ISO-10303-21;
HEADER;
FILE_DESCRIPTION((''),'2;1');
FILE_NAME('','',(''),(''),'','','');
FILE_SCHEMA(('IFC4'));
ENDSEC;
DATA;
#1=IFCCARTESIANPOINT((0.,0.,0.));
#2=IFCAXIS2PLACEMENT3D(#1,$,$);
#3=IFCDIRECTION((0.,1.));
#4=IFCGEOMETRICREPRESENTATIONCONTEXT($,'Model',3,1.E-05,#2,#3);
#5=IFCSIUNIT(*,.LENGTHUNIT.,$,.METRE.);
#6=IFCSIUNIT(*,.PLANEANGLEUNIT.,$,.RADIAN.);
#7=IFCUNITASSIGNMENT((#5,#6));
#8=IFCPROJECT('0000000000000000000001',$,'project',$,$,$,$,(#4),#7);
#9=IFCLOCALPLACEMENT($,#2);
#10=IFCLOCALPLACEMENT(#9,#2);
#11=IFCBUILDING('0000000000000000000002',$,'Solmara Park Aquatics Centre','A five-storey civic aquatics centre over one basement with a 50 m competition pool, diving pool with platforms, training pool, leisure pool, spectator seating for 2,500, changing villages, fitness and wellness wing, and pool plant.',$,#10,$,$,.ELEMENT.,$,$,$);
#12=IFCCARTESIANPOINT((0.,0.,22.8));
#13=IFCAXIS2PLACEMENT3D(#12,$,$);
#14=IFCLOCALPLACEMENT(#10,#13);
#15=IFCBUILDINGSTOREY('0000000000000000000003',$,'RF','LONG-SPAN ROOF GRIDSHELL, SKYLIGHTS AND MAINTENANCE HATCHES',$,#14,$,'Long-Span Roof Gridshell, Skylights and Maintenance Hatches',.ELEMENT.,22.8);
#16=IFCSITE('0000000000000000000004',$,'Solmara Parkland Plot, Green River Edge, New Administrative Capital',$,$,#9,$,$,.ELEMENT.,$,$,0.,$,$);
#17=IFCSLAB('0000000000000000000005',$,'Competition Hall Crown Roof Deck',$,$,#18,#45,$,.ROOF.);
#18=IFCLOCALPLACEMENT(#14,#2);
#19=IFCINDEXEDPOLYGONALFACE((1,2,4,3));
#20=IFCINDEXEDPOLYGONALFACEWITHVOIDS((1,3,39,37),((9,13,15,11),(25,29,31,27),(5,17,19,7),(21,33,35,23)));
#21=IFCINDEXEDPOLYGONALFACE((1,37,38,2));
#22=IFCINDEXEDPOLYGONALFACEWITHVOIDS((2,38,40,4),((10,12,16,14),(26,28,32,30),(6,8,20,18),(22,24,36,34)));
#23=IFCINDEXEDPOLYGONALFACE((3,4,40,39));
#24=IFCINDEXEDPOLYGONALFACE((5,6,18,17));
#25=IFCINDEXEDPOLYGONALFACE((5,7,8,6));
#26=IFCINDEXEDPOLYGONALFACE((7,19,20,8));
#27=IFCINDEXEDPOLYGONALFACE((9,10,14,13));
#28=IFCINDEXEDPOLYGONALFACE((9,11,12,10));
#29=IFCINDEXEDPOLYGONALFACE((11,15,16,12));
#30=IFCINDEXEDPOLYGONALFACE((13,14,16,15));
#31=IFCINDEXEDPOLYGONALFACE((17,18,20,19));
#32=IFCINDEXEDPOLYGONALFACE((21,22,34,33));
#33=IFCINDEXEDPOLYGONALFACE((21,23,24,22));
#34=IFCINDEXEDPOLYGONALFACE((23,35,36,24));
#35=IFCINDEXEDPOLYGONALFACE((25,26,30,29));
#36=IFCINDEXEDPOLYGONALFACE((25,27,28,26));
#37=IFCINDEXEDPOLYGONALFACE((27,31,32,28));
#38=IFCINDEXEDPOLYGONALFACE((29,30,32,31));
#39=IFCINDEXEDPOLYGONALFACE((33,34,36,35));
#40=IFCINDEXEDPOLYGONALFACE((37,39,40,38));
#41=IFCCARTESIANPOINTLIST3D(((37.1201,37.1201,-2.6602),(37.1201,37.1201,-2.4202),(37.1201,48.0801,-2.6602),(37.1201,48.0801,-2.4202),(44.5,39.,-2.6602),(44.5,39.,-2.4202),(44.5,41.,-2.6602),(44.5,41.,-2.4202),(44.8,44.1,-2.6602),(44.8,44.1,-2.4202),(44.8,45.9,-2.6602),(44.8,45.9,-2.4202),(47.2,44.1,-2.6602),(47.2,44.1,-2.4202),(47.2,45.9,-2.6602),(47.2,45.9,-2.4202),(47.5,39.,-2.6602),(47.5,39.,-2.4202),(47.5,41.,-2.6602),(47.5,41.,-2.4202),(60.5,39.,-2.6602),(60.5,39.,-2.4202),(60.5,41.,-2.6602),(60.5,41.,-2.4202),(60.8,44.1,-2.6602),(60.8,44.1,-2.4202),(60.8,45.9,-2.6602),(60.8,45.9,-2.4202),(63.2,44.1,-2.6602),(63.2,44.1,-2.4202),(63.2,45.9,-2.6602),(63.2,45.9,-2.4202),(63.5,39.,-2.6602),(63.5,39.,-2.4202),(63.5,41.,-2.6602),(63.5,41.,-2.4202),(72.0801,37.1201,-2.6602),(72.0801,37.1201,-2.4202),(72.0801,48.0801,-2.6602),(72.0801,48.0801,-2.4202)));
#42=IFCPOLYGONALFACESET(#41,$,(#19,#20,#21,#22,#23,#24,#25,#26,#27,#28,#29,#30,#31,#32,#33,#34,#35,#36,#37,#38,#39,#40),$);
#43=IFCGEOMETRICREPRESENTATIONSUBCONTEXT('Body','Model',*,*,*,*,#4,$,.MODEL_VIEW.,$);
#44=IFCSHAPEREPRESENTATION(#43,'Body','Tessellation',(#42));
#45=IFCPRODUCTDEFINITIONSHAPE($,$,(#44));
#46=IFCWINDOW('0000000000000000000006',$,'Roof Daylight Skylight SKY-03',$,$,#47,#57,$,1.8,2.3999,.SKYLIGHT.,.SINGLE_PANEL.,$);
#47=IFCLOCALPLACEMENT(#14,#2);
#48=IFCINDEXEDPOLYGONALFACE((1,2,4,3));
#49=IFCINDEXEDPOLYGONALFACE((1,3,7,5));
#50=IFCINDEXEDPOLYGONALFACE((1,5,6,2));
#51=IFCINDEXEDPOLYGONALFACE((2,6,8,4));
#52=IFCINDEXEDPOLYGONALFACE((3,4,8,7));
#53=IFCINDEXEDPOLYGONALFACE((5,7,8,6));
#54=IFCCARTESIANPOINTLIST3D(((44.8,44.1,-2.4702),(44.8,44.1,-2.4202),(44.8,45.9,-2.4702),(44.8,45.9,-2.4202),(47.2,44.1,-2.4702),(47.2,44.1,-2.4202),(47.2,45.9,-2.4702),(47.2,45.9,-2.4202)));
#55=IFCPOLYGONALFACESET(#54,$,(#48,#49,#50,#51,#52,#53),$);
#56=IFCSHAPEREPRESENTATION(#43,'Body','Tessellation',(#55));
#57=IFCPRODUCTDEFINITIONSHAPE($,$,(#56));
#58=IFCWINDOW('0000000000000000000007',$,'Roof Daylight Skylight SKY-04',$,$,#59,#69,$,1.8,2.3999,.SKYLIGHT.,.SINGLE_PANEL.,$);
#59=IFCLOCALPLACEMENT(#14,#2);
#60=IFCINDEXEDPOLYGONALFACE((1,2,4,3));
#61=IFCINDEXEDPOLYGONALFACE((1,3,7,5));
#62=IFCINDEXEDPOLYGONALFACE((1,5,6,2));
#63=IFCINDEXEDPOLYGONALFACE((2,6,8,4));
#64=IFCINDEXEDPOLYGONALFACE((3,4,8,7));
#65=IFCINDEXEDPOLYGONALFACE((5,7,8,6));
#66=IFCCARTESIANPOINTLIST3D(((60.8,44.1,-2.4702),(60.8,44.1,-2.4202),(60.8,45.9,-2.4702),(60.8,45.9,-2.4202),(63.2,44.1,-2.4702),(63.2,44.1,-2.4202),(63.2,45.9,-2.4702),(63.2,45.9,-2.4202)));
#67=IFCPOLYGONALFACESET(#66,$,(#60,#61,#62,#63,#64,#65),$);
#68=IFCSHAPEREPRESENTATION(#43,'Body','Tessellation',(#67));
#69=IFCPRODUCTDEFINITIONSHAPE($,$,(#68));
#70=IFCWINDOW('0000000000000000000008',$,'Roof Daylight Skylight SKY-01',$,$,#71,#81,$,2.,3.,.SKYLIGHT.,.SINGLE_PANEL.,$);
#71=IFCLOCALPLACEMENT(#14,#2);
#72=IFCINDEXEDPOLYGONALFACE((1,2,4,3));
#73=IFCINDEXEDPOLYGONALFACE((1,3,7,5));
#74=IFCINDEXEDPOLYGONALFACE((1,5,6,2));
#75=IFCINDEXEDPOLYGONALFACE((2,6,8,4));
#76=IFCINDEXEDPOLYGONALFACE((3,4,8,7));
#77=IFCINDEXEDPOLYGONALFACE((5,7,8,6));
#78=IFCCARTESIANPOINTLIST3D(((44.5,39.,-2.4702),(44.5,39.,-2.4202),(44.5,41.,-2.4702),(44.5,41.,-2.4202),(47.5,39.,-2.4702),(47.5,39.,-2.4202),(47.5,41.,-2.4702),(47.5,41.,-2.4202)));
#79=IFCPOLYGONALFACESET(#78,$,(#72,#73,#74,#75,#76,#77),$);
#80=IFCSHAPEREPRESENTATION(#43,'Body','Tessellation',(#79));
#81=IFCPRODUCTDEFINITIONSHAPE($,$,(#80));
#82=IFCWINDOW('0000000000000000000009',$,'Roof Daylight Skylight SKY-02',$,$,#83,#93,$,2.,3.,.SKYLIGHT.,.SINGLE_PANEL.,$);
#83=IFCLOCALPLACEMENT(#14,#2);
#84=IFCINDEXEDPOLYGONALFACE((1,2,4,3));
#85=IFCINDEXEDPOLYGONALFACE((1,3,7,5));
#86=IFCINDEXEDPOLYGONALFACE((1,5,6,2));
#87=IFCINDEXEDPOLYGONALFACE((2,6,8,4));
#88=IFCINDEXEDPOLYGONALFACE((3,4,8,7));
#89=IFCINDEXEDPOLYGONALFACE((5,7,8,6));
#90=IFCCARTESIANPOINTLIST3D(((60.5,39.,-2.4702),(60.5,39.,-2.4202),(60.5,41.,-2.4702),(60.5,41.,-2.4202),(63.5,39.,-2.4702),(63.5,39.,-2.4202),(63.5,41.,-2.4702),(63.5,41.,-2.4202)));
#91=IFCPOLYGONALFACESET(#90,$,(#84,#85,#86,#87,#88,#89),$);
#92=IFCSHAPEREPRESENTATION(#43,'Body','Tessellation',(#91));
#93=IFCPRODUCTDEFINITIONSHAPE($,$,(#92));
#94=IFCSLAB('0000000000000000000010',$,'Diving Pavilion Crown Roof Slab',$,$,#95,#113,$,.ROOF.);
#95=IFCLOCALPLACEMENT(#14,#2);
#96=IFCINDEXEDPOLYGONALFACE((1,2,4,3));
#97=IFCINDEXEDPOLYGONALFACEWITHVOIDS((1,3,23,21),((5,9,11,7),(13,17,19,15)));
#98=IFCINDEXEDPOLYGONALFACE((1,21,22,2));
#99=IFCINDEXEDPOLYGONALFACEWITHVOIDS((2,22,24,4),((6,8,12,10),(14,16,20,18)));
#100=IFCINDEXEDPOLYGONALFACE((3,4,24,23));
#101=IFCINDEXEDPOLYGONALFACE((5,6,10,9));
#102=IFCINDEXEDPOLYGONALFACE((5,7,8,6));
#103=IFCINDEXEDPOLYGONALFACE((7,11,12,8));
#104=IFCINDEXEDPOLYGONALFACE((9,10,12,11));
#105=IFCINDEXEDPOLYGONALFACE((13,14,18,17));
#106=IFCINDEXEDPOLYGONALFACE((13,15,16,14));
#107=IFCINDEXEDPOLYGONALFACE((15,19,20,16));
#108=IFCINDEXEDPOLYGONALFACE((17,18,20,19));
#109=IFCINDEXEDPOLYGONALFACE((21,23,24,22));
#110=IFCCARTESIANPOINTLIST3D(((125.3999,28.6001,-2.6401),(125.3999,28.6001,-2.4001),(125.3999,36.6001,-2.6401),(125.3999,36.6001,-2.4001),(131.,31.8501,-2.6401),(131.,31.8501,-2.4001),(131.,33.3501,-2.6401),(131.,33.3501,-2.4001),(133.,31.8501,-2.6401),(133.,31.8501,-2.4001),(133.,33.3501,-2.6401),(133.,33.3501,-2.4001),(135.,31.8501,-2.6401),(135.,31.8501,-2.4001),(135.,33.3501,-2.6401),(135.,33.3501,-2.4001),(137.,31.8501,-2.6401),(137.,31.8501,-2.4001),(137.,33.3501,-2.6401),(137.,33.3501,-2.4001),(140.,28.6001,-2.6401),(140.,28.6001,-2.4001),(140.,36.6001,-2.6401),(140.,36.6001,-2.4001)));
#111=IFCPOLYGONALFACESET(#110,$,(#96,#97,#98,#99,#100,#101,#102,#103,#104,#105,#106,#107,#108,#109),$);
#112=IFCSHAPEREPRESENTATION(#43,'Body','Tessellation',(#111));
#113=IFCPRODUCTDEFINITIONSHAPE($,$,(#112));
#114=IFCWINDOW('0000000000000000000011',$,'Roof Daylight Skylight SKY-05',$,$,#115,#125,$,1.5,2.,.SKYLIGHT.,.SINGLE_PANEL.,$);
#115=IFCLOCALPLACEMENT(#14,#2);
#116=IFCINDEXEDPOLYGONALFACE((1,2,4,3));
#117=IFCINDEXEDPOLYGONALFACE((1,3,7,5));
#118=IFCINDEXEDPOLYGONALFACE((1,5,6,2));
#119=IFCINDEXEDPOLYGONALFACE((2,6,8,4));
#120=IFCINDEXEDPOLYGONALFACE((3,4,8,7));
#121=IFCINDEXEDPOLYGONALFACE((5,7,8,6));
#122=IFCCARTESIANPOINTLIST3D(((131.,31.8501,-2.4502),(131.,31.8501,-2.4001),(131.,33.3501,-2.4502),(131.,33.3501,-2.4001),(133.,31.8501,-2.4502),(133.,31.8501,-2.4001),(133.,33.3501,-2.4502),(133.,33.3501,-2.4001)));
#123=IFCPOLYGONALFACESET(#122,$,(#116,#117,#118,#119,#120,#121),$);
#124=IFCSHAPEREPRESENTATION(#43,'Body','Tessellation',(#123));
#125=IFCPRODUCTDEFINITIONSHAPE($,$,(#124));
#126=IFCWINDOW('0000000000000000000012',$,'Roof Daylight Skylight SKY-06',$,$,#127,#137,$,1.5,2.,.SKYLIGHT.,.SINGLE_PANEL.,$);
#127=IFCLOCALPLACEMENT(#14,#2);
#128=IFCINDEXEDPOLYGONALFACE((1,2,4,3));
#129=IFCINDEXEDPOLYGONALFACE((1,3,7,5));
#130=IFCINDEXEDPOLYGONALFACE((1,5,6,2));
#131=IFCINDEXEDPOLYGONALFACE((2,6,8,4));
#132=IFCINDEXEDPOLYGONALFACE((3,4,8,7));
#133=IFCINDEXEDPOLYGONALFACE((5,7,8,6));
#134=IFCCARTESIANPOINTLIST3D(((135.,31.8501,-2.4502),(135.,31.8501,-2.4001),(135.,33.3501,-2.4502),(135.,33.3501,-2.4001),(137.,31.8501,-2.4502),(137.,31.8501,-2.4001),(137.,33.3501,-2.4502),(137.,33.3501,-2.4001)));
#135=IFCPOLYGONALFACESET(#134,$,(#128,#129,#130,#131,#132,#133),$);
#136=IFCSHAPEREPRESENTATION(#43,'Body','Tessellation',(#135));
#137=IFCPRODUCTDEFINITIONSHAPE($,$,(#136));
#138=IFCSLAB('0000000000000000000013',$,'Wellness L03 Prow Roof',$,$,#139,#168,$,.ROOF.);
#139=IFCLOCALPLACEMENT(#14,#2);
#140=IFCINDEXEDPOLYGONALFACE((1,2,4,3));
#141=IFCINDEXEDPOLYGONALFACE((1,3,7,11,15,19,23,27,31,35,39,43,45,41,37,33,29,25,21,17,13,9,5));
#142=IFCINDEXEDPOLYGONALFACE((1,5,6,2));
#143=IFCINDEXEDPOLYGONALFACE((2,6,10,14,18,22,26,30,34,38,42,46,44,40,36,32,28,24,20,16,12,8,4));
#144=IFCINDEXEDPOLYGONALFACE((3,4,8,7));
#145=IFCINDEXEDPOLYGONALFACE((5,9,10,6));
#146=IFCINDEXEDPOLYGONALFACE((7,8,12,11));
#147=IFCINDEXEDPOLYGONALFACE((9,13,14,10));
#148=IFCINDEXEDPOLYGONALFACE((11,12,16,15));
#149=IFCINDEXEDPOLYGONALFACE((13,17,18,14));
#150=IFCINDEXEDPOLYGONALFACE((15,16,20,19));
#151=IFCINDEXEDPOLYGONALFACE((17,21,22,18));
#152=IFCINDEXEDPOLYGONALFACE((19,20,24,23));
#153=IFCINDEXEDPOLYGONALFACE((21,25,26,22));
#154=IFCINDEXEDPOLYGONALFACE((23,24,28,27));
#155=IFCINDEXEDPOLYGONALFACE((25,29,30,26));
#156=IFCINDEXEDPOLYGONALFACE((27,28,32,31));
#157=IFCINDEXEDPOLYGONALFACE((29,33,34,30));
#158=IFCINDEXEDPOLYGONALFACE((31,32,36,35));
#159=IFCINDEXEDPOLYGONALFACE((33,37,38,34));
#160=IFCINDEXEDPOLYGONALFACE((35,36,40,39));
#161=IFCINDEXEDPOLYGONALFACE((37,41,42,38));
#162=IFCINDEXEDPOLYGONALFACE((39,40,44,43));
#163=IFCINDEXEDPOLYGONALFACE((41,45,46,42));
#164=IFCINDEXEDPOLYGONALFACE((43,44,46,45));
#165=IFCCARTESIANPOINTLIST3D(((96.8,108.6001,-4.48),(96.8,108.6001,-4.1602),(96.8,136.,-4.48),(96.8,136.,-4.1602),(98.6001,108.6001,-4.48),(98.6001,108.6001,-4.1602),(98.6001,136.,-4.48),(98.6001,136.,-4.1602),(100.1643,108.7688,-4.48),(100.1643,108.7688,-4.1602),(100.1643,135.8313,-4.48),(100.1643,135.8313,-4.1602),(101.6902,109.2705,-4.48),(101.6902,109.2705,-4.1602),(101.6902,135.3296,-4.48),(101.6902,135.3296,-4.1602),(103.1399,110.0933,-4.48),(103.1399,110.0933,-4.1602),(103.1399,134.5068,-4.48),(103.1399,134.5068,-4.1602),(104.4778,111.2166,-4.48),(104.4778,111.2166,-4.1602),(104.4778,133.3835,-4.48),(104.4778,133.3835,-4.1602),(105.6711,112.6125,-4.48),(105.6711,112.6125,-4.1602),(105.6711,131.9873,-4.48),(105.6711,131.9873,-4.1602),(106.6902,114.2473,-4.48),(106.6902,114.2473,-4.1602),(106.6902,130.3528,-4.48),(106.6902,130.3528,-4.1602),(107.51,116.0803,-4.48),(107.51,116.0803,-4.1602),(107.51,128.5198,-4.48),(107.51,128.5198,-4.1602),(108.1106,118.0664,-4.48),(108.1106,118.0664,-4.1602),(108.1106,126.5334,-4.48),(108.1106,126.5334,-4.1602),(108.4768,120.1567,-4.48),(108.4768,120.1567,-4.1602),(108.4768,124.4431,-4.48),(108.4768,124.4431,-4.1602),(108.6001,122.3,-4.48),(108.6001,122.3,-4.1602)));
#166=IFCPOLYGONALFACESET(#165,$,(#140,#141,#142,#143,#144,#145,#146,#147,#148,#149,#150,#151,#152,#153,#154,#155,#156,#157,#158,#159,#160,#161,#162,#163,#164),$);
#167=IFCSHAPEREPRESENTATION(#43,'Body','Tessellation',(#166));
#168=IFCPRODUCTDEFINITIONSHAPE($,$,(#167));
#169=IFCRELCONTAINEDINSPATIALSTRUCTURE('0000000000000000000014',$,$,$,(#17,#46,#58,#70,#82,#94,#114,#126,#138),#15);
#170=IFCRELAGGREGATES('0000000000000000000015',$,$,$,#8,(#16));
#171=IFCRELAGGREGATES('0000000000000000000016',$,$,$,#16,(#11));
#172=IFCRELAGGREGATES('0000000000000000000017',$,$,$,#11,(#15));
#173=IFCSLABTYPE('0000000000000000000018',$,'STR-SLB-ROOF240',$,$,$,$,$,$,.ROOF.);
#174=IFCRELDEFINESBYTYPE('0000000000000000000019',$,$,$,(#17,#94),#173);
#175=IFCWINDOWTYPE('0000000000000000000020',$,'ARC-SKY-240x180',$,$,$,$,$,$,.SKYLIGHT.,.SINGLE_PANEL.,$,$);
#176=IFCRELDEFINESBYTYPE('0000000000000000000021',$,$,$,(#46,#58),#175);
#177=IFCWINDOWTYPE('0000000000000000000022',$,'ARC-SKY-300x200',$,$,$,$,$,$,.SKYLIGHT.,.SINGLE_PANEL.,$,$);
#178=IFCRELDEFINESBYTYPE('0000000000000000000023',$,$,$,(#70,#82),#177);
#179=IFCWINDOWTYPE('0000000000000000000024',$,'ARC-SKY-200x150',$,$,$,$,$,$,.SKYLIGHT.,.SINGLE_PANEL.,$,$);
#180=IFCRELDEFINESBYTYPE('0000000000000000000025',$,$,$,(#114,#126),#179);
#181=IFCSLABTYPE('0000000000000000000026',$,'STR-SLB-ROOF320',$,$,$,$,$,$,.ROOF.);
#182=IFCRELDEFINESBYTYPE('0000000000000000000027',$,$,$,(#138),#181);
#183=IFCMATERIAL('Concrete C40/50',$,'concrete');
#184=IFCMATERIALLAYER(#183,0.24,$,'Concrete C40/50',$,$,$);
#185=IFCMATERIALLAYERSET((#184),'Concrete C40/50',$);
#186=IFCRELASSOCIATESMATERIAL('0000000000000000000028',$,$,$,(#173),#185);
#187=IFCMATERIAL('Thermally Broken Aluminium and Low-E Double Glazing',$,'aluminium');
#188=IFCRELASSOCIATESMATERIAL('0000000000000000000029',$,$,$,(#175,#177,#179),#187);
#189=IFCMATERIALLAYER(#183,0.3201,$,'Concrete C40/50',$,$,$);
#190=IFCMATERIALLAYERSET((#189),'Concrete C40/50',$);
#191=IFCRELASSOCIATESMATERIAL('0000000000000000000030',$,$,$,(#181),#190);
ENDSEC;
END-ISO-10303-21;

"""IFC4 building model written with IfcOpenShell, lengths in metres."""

from ifc_helpers import new_model, si_unit, direction, frame, origin, origin_2d, place, context, subcontext, project, spatial, polyline, rectangle, outline, extrude, material, layer, layer_set, type_object, element, fill, save


model = new_model("IFC4")

# Units and contexts
model_context = context("Model", 3, precision=1e-05, world=origin(), true_north=direction((0.0, 1.0)))
body_context = subcontext(model_context, "Body", "Model", "MODEL_VIEW")
ifc_project = project(units=[si_unit("LENGTHUNIT", "METRE"), si_unit("PLANEANGLEUNIT", "RADIAN")], contexts=[model_context])

# Site, building, storey
site_placement = place(None, origin())
site = spatial("IfcSite", under=ifc_project, at=site_placement, Name="Solmara Parkland Plot, Green River Edge, New Administrative Capital", CompositionType="ELEMENT", RefElevation=0.0)
building_placement = place(site_placement, origin())
building = spatial("IfcBuilding", under=site, at=building_placement, Name="Solmara Park Aquatics Centre", Description="A five-storey civic aquatics centre over one basement with a 50 m competition pool, diving pool with platforms, training pool, leisure pool, spectator seating for 2,500, changing villages, fitness and wellness wing, and pool plant.", CompositionType="ELEMENT")
storey_placement = place(building_placement, frame((0.0, 0.0, 22.8)))
storey = spatial("IfcBuildingStorey", under=building, at=storey_placement, Name="RF", Description="LONG-SPAN ROOF GRIDSHELL, SKYLIGHTS AND MAINTENANCE HATCHES", LongName="Long-Span Roof Gridshell, Skylights and Maintenance Hatches", CompositionType="ELEMENT", Elevation=22.8)

# Shared definitions
ifc_material_1 = material(Name="Concrete C40/50", Category="concrete")
ifc_layer_1 = layer(ifc_material_1, 0.24, Name="Concrete C40/50")
ifc_layer_set_1 = layer_set([ifc_layer_1], Name="Concrete C40/50")
slab_type_1 = type_object("IfcSlabType", Name="STR-SLB-ROOF240", PredefinedType="ROOF", material=ifc_layer_set_1)

# Slabs, openings, windows
slab_1_placement = place(storey_placement, frame((0.0, 0.0, -2.6602)))
slab_1 = element("IfcSlab", 1, at=slab_1_placement, inside=storey, type_object=slab_type_1, Name="Competition Hall Crown Roof Deck", PredefinedType="ROOF", context=body_context, shape_type="SweptSolid", body=[
    extrude(outline(polyline([(37.1201, 37.1201), (72.0801, 37.1201), (72.0801, 48.0801), (37.1201, 48.0801), (37.1201, 37.1201)])), origin(), (0.0, 0.0, 1.0), 0.24),
])
opening_1_placement = place(slab_1_placement, frame((46.0, 40.0, 0.0)))
opening_1 = element("IfcOpeningElement", 2, at=opening_1_placement, cuts=slab_1, PredefinedType="OPENING", context=body_context, shape_type="SweptSolid", body=[
    extrude(rectangle(XDim=3.0, YDim=2.0, at=origin_2d()), frame((0.0, 0.0, -0.01)), (0.0, 0.0, 1.0), 0.26),
])
opening_2_placement = place(slab_1_placement, frame((62.0, 40.0, 0.0)))
opening_2 = element("IfcOpeningElement", 3, at=opening_2_placement, cuts=slab_1, PredefinedType="OPENING", context=body_context, shape_type="SweptSolid", body=[
    extrude(rectangle(XDim=3.0, YDim=2.0, at=origin_2d()), frame((0.0, 0.0, -0.01)), (0.0, 0.0, 1.0), 0.26),
])
opening_3_placement = place(slab_1_placement, frame((46.0, 45.0, 0.0)))
opening_3 = element("IfcOpeningElement", 4, at=opening_3_placement, cuts=slab_1, PredefinedType="OPENING", context=body_context, shape_type="SweptSolid", body=[
    extrude(rectangle(XDim=2.3999, YDim=1.8, at=origin_2d()), frame((0.0, 0.0, -0.01)), (0.0, 0.0, 1.0), 0.26),
])
opening_4_placement = place(slab_1_placement, frame((62.0, 45.0, 0.0)))
opening_4 = element("IfcOpeningElement", 5, at=opening_4_placement, cuts=slab_1, PredefinedType="OPENING", context=body_context, shape_type="SweptSolid", body=[
    extrude(rectangle(XDim=2.3999, YDim=1.8, at=origin_2d()), frame((0.0, 0.0, -0.01)), (0.0, 0.0, 1.0), 0.26),
])
ifc_material_2 = material(Name="Thermally Broken Aluminium and Low-E Double Glazing", Category="aluminium")
window_type_1 = type_object("IfcWindowType", Name="ARC-SKY-240x180", PartitioningType="SINGLE_PANEL", PredefinedType="SKYLIGHT", material=ifc_material_2)
window_1_placement = place(opening_3_placement, frame((0.0, 0.0, 0.1899)))
window_1 = element("IfcWindow", 6, at=window_1_placement, inside=storey, type_object=window_type_1, Name="Roof Daylight Skylight SKY-03", OverallHeight=1.8, OverallWidth=2.3999, PartitioningType="SINGLE_PANEL", PredefinedType="SKYLIGHT", context=body_context, shape_type="SweptSolid", body=[
    extrude(rectangle(XDim=2.3999, YDim=1.8, at=origin_2d()), origin(), (0.0, 0.0, 1.0), 0.05),
])
fill(opening_3, window_1)
window_2_placement = place(opening_4_placement, frame((0.0, 0.0, 0.1899)))
window_2 = element("IfcWindow", 7, at=window_2_placement, inside=storey, type_object=window_type_1, Name="Roof Daylight Skylight SKY-04", OverallHeight=1.8, OverallWidth=2.3999, PartitioningType="SINGLE_PANEL", PredefinedType="SKYLIGHT", context=body_context, shape_type="SweptSolid", body=[
    extrude(rectangle(XDim=2.3999, YDim=1.8, at=origin_2d()), origin(), (0.0, 0.0, 1.0), 0.05),
])
fill(opening_4, window_2)
window_type_2 = type_object("IfcWindowType", Name="ARC-SKY-300x200", PartitioningType="SINGLE_PANEL", PredefinedType="SKYLIGHT", material=ifc_material_2)
window_3_placement = place(opening_1_placement, frame((0.0, 0.0, 0.1899)))
window_3 = element("IfcWindow", 8, at=window_3_placement, inside=storey, type_object=window_type_2, Name="Roof Daylight Skylight SKY-01", OverallHeight=2.0, OverallWidth=3.0, PartitioningType="SINGLE_PANEL", PredefinedType="SKYLIGHT", context=body_context, shape_type="SweptSolid", body=[
    extrude(rectangle(XDim=3.0, YDim=2.0, at=origin_2d()), origin(), (0.0, 0.0, 1.0), 0.05),
])
fill(opening_1, window_3)
window_4_placement = place(opening_2_placement, frame((0.0, 0.0, 0.1899)))
window_4 = element("IfcWindow", 9, at=window_4_placement, inside=storey, type_object=window_type_2, Name="Roof Daylight Skylight SKY-02", OverallHeight=2.0, OverallWidth=3.0, PartitioningType="SINGLE_PANEL", PredefinedType="SKYLIGHT", context=body_context, shape_type="SweptSolid", body=[
    extrude(rectangle(XDim=3.0, YDim=2.0, at=origin_2d()), origin(), (0.0, 0.0, 1.0), 0.05),
])
fill(opening_2, window_4)
slab_2_placement = place(storey_placement, frame((0.0, 0.0, -2.6401)))
slab_2 = element("IfcSlab", 10, at=slab_2_placement, inside=storey, type_object=slab_type_1, Name="Diving Pavilion Crown Roof Slab", PredefinedType="ROOF", context=body_context, shape_type="SweptSolid", body=[
    extrude(outline(polyline([(125.3999, 28.6001), (140.0, 28.6001), (140.0, 36.6001), (125.3999, 36.6001), (125.3999, 28.6001)])), origin(), (0.0, 0.0, 1.0), 0.24),
])
opening_5_placement = place(slab_2_placement, frame((132.0, 32.6001, 0.0)))
opening_5 = element("IfcOpeningElement", 11, at=opening_5_placement, cuts=slab_2, PredefinedType="OPENING", context=body_context, shape_type="SweptSolid", body=[
    extrude(rectangle(XDim=2.0, YDim=1.5, at=origin_2d()), frame((0.0, 0.0, -0.01)), (0.0, 0.0, 1.0), 0.26),
])
opening_6_placement = place(slab_2_placement, frame((136.0, 32.6001, 0.0)))
opening_6 = element("IfcOpeningElement", 12, at=opening_6_placement, cuts=slab_2, PredefinedType="OPENING", context=body_context, shape_type="SweptSolid", body=[
    extrude(rectangle(XDim=2.0, YDim=1.5, at=origin_2d()), frame((0.0, 0.0, -0.01)), (0.0, 0.0, 1.0), 0.26),
])
window_type_3 = type_object("IfcWindowType", Name="ARC-SKY-200x150", PartitioningType="SINGLE_PANEL", PredefinedType="SKYLIGHT", material=ifc_material_2)
window_5_placement = place(opening_5_placement, frame((0.0, 0.0, 0.1899)))
window_5 = element("IfcWindow", 13, at=window_5_placement, inside=storey, type_object=window_type_3, Name="Roof Daylight Skylight SKY-05", OverallHeight=1.5, OverallWidth=2.0, PartitioningType="SINGLE_PANEL", PredefinedType="SKYLIGHT", context=body_context, shape_type="SweptSolid", body=[
    extrude(rectangle(XDim=2.0, YDim=1.5, at=origin_2d()), origin(), (0.0, 0.0, 1.0), 0.05),
])
fill(opening_5, window_5)
window_6_placement = place(opening_6_placement, frame((0.0, 0.0, 0.1899)))
window_6 = element("IfcWindow", 14, at=window_6_placement, inside=storey, type_object=window_type_3, Name="Roof Daylight Skylight SKY-06", OverallHeight=1.5, OverallWidth=2.0, PartitioningType="SINGLE_PANEL", PredefinedType="SKYLIGHT", context=body_context, shape_type="SweptSolid", body=[
    extrude(rectangle(XDim=2.0, YDim=1.5, at=origin_2d()), origin(), (0.0, 0.0, 1.0), 0.05),
])
fill(opening_6, window_6)

# Slab
ifc_layer_2 = layer(ifc_material_1, 0.3201, Name="Concrete C40/50")
ifc_layer_set_2 = layer_set([ifc_layer_2], Name="Concrete C40/50")
slab_type_2 = type_object("IfcSlabType", Name="STR-SLB-ROOF320", PredefinedType="ROOF", material=ifc_layer_set_2)
slab_3_placement = place(storey_placement, frame((0.0, 0.0, -4.48)))
element("IfcSlab", 15, at=slab_3_placement, inside=storey, type_object=slab_type_2, Name="Wellness L03 Prow Roof", PredefinedType="ROOF", context=body_context, shape_type="SweptSolid", body=[
    extrude(outline(polyline([(96.8, 108.6001), (98.6001, 108.6001), (100.1643, 108.7688), (101.6902, 109.2705), (103.1399, 110.0933), (104.4778, 111.2166), (105.6711, 112.6125), (106.6902, 114.2473), (107.51, 116.0803), (108.1106, 118.0664), (108.4768, 120.1567), (108.6001, 122.3), (108.4768, 124.4431), (108.1106, 126.5334), (107.51, 128.5198), (106.6902, 130.3528), (105.6711, 131.9873), (104.4778, 133.3835), (103.1399, 134.5068), (101.6902, 135.3296), (100.1643, 135.8313), (98.6001, 136.0), (96.8, 136.0), (96.8, 108.6001)])), origin(), (0.0, 0.0, 1.0), 0.3198),
])

save(model, "model.ifc")
